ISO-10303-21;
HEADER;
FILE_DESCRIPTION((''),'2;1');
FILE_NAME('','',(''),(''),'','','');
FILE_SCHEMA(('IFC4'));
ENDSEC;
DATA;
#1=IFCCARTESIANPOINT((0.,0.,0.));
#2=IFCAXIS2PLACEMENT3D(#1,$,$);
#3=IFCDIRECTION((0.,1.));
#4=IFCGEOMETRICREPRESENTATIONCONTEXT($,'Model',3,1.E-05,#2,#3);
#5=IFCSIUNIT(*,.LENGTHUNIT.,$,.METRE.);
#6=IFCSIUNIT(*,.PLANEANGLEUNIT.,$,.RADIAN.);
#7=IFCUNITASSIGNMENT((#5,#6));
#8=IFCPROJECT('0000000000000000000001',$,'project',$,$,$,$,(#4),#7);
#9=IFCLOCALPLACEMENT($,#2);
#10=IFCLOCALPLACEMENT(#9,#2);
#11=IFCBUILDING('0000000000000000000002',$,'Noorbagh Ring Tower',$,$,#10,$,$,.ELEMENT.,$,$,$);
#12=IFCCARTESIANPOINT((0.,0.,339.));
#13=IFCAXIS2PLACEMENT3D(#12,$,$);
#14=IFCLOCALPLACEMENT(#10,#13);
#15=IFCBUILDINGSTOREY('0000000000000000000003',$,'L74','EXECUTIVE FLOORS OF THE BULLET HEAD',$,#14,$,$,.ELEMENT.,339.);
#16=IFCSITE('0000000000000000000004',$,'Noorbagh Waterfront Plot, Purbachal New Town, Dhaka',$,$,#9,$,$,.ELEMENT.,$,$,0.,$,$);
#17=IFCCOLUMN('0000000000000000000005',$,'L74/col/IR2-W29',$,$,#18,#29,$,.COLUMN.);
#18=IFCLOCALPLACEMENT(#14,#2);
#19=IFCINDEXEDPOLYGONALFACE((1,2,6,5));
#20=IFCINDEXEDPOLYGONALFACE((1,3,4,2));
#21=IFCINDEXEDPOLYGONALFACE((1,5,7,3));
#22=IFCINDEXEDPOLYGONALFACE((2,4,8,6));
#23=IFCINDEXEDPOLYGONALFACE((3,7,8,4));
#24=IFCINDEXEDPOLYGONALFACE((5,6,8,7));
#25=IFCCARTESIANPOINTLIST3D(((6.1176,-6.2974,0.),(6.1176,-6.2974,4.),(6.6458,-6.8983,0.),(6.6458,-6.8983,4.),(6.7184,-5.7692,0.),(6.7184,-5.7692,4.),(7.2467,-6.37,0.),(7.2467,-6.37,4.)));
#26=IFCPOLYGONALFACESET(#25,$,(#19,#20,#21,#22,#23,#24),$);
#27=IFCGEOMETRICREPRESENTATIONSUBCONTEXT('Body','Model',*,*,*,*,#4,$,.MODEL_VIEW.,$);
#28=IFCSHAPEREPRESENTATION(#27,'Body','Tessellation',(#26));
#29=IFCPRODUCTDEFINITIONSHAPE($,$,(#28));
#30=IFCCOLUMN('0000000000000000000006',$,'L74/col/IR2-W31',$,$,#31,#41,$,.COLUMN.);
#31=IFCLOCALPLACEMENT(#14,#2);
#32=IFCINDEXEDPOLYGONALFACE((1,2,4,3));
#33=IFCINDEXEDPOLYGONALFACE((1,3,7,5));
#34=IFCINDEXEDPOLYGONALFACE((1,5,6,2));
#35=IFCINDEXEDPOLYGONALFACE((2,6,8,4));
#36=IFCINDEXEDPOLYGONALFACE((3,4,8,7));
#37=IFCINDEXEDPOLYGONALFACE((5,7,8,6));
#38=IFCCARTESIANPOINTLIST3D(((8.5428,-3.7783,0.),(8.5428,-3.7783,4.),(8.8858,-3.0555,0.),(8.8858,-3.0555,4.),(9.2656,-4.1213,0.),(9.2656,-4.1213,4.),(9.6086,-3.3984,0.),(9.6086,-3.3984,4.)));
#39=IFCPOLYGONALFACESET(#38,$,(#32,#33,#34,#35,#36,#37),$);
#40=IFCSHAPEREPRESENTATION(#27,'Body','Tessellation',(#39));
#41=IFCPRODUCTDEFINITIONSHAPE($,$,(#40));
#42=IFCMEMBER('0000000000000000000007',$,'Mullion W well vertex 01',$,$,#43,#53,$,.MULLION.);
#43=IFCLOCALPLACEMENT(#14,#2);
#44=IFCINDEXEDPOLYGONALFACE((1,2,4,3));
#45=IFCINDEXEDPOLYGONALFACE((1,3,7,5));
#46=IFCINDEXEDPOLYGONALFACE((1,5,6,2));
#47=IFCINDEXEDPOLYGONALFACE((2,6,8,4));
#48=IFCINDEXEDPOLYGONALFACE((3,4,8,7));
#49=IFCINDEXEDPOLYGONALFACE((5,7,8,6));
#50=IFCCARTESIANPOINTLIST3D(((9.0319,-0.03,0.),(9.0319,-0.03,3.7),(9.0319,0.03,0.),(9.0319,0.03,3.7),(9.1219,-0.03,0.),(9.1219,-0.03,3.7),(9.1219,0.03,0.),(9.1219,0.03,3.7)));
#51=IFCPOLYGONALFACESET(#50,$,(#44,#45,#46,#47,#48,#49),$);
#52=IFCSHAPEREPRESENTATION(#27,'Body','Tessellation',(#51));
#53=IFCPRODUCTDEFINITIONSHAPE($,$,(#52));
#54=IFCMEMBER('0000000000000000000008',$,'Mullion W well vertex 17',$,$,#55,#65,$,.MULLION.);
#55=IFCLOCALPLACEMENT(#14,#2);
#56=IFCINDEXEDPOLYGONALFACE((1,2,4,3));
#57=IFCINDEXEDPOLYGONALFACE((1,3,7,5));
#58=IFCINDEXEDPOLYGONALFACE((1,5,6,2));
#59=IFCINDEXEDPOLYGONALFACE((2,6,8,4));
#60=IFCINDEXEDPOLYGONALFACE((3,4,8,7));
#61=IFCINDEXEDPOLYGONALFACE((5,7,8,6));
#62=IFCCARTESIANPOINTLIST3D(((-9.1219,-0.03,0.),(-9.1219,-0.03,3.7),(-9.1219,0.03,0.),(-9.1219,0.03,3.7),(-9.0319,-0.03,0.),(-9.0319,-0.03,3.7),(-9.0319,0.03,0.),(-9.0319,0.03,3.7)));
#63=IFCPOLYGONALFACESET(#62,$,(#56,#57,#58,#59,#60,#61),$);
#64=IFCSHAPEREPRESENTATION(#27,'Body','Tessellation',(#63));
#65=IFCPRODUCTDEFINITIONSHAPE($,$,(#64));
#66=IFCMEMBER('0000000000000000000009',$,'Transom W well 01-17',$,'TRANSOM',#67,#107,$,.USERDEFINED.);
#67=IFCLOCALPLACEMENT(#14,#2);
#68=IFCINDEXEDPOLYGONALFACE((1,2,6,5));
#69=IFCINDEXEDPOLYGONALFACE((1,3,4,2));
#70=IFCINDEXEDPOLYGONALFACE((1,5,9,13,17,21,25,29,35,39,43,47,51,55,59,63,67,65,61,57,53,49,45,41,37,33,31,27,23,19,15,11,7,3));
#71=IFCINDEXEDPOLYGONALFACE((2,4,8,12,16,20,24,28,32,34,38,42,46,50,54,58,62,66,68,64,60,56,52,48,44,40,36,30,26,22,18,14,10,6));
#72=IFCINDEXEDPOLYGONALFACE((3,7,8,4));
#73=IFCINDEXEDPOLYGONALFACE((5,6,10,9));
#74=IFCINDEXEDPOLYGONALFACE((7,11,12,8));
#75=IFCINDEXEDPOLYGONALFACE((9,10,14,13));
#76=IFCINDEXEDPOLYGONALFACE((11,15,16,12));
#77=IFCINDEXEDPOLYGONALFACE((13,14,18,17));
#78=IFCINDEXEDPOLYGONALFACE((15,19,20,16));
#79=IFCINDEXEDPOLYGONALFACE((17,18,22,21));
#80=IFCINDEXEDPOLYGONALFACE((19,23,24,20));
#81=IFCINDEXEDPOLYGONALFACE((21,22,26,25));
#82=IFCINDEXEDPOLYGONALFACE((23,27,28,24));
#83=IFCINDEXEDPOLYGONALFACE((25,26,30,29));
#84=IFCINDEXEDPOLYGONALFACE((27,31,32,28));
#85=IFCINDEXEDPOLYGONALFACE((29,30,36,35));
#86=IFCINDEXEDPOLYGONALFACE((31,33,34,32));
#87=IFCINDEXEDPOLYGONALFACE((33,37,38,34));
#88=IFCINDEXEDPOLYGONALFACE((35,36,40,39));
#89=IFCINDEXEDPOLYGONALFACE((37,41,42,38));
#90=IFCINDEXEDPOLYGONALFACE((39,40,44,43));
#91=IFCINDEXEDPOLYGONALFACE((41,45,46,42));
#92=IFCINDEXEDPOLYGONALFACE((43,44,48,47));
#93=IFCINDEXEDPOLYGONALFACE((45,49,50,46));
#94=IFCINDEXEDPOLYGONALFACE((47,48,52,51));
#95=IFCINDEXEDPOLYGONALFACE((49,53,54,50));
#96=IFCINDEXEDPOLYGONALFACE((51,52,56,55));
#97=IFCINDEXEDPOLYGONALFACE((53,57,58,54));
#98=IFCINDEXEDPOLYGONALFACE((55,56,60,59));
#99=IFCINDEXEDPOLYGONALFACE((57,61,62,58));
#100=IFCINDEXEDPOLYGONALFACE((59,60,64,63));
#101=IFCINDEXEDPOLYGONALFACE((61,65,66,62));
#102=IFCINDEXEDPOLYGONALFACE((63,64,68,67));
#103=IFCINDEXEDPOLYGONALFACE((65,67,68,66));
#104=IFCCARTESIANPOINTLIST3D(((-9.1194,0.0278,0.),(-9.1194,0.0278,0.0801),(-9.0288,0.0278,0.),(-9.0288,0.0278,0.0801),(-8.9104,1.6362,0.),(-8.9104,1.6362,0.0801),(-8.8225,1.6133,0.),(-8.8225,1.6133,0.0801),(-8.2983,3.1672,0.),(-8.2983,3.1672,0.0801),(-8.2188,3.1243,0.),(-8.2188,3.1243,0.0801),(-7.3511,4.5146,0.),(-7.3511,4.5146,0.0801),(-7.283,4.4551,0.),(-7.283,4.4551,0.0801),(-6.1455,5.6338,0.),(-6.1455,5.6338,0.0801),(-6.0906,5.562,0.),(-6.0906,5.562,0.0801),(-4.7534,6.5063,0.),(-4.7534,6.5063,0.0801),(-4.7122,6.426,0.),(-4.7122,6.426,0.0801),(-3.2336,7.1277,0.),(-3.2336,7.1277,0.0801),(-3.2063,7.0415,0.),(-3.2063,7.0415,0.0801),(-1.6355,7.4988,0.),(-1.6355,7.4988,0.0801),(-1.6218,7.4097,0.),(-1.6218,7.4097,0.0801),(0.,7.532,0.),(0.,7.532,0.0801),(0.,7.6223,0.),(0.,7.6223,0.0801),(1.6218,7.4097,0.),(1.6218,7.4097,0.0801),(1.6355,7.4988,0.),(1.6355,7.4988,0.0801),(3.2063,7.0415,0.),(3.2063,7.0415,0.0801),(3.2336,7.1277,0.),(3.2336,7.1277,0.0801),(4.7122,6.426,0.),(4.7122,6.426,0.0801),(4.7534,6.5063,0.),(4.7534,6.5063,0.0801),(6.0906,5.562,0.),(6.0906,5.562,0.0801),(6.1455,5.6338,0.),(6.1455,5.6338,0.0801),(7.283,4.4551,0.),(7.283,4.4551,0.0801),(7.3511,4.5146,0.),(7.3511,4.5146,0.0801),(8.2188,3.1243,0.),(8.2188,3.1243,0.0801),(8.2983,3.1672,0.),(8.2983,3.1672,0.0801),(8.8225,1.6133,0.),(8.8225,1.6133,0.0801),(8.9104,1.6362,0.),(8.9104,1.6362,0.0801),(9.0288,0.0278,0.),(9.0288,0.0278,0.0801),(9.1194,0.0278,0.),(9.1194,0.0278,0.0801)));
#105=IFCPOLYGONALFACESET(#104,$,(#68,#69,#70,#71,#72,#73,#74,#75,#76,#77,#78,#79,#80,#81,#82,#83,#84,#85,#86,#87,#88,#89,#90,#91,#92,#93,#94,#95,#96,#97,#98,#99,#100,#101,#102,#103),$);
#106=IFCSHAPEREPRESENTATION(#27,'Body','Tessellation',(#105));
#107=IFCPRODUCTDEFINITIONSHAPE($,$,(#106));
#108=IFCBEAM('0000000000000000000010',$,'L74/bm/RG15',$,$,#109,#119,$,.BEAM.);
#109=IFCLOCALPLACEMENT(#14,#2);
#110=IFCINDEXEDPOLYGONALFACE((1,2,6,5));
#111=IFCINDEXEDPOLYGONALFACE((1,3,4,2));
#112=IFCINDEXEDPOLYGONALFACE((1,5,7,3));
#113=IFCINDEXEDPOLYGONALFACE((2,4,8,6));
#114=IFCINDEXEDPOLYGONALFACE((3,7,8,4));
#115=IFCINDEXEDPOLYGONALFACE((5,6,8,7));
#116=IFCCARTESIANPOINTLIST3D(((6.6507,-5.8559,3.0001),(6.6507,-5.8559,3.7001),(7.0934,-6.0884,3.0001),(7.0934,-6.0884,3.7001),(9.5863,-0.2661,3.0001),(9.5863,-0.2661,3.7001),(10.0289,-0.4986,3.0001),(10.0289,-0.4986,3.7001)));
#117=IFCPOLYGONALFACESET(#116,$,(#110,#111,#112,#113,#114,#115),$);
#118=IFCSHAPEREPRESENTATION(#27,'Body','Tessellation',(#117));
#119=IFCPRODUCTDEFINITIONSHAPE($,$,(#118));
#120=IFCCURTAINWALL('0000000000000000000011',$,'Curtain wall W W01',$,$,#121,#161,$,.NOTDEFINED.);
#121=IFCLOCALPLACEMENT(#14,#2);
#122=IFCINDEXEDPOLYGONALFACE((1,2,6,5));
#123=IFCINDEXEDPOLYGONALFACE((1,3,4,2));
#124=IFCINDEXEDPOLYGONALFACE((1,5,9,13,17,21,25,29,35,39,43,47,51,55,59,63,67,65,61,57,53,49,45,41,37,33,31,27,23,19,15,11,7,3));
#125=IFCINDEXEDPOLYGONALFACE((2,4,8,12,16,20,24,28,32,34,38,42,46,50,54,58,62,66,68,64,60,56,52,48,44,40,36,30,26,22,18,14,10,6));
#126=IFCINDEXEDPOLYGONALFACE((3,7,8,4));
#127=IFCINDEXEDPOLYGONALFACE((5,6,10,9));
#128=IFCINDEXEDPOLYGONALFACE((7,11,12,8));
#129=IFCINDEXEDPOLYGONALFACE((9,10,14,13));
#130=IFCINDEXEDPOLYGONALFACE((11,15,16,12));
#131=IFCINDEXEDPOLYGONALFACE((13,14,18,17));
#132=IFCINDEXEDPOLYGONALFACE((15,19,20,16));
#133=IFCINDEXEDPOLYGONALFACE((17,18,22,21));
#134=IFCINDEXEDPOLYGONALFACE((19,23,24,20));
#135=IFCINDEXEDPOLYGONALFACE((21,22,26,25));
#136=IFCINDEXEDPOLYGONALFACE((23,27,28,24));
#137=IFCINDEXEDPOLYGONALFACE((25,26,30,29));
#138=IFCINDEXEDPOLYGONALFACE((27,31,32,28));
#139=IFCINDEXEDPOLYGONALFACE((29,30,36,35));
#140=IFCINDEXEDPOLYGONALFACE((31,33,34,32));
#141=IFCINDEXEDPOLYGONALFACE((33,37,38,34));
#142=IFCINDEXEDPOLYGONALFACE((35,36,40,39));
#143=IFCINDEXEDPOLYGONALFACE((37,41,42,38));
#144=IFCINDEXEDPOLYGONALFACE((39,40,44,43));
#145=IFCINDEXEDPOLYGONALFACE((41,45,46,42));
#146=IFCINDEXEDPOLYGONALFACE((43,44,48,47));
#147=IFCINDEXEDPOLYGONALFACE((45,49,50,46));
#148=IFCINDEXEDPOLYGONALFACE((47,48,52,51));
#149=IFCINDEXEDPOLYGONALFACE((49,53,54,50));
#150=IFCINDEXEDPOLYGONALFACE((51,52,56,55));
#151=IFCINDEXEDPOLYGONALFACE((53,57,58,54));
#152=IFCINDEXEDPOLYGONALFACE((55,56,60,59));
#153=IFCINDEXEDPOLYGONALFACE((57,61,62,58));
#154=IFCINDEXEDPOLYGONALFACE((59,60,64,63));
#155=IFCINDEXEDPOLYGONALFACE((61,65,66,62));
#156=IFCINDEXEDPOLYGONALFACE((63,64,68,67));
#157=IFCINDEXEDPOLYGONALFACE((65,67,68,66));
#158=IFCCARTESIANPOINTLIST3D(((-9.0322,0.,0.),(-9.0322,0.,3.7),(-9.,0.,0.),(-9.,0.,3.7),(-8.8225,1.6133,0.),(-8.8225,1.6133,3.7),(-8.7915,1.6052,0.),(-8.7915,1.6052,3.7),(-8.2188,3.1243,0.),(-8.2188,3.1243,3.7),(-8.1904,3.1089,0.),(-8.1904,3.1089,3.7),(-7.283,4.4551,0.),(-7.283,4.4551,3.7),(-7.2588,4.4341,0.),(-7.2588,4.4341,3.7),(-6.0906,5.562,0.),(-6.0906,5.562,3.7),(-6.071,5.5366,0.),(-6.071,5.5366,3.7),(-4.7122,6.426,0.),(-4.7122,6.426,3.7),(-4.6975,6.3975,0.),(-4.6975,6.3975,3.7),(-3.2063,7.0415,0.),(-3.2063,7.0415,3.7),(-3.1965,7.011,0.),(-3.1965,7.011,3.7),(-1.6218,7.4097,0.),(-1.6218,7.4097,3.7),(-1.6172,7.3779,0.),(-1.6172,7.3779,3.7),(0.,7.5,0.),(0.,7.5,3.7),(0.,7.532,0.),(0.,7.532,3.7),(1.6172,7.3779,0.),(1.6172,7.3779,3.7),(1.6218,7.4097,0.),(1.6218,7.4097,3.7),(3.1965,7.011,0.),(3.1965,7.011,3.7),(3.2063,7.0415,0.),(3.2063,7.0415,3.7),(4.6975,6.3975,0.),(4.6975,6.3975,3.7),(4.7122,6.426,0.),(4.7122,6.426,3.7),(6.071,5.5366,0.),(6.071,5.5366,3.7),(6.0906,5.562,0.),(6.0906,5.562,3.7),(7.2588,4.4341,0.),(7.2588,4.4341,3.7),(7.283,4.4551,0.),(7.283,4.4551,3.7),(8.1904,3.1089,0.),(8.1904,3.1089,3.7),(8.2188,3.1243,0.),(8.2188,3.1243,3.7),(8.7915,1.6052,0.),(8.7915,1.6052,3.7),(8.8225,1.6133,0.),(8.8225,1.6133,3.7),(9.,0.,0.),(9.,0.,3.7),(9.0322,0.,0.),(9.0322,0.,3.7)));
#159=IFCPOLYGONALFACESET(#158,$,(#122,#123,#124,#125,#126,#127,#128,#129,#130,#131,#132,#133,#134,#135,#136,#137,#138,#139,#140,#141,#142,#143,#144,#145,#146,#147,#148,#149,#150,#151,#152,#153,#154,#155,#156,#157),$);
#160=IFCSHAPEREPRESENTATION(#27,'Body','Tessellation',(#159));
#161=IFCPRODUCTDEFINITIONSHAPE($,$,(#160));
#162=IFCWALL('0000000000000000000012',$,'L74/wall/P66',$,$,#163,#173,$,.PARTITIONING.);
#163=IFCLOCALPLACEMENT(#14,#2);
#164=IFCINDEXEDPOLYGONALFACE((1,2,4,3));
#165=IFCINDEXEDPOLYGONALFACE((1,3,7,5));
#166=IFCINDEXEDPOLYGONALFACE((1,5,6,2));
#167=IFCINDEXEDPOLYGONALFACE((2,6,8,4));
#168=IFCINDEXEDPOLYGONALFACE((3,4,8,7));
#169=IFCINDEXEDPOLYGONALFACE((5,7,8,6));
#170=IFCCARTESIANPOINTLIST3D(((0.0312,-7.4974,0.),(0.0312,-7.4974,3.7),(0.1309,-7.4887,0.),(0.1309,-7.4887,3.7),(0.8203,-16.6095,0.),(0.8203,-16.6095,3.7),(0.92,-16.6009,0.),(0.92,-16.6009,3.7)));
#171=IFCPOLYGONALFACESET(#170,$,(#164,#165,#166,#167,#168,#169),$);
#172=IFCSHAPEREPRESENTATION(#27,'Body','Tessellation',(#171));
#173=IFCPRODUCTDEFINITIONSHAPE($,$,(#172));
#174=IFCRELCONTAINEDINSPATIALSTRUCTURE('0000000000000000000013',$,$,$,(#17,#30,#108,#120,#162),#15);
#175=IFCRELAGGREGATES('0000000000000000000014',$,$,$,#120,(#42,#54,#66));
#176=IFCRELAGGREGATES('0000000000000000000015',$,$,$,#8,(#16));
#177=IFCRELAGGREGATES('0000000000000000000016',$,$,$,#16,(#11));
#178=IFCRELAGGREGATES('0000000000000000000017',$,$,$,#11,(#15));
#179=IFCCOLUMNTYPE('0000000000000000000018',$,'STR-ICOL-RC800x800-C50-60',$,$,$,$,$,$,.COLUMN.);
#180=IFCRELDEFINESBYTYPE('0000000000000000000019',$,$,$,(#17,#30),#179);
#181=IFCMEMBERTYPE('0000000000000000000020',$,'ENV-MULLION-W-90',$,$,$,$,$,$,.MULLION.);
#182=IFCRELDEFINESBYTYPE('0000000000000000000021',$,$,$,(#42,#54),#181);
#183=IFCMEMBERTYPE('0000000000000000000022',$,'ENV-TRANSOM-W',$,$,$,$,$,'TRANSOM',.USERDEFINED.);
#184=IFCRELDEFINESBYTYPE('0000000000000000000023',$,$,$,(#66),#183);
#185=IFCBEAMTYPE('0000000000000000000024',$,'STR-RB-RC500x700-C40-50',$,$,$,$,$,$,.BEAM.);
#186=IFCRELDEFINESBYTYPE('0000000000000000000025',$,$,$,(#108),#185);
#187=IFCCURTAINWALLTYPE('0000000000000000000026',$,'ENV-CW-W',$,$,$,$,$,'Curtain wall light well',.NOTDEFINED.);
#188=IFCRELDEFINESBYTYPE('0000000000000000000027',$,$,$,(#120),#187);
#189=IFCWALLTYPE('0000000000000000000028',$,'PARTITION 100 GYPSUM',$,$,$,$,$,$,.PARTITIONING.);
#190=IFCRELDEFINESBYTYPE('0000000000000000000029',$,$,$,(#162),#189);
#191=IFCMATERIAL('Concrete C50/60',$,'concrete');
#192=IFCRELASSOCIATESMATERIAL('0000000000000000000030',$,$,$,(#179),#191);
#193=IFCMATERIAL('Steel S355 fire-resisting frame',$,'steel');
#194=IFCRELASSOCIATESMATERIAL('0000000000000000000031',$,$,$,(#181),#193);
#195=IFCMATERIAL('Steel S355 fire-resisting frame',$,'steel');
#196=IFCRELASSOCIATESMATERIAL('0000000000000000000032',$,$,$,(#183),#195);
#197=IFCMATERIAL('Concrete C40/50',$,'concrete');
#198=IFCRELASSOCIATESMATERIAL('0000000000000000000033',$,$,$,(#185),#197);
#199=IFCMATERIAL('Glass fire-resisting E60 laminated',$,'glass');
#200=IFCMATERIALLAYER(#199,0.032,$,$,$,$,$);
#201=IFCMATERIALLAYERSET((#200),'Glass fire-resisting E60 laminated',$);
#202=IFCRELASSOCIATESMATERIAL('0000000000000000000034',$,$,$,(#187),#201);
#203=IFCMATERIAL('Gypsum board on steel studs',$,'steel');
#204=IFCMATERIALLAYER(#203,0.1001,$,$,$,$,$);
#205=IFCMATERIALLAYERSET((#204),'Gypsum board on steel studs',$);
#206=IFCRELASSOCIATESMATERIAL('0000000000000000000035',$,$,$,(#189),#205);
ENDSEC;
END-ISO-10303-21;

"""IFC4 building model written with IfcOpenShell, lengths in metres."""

from ifc_helpers import new_model, si_unit, direction, frame, frame_2d, origin, origin_2d, place, context, subcontext, project, spatial, polyline, rectangle, outline, extrude, material, layer, layer_set, material_profile, profile_set, type_object, element, aggregate, save


model = new_model("IFC4")

# Units and contexts
model_context = context("Model", 3, precision=1e-05, world=origin(), true_north=direction((0.0, 1.0)))
body_context = subcontext(model_context, "Body", "Model", "MODEL_VIEW")
ifc_project = project(units=[si_unit("LENGTHUNIT", "METRE"), si_unit("PLANEANGLEUNIT", "RADIAN")], contexts=[model_context])

# Site, building, storey
site_placement = place(None, origin())
site = spatial("IfcSite", under=ifc_project, at=site_placement, Name="Noorbagh Waterfront Plot, Purbachal New Town, Dhaka", CompositionType="ELEMENT", RefElevation=0.0)
building_placement = place(site_placement, origin())
building = spatial("IfcBuilding", under=site, at=building_placement, Name="Noorbagh Ring Tower", CompositionType="ELEMENT")
storey_placement = place(building_placement, frame((0.0, 0.0, 339.0)))
storey = spatial("IfcBuildingStorey", under=building, at=storey_placement, Name="L74", Description="EXECUTIVE FLOORS OF THE BULLET HEAD", CompositionType="ELEMENT", Elevation=339.0)

# Columns
ifc_material_1 = material(Name="Concrete C50/60", Category="concrete")
ifc_material_profile_1 = material_profile(ifc_material_1, rectangle(XDim=0.8, YDim=0.8, at=origin_2d()), Name="RC800x800")
ifc_profile_set_1 = profile_set([ifc_material_profile_1], Name="Concrete C50/60")
column_type = type_object("IfcColumnType", Name="STR-ICOL-RC800x800-C50-60", PredefinedType="COLUMN", material=ifc_profile_set_1)
for number, where, z_axis, x_axis, name in (
    (1, (6.6821, -6.3337, 0.0), (0.0, 0.0, 1.0), (0.751022, 0.660277, 0.0), "L74/col/IR2-W29"),
    (2, (9.0757, -3.5884, 0.0), (0.0, 0.0, 1.0), (0.428667, 0.903463, 0.0), "L74/col/IR2-W31"),
):
    element("IfcColumn", number, at=place(storey_placement, frame(where, z_axis=z_axis, x_axis=x_axis)), inside=storey, type_object=column_type, Name=name, PredefinedType="COLUMN", context=body_context, shape_type="SweptSolid", body=[
        extrude(rectangle(XDim=0.8, YDim=0.8, at=origin_2d()), origin(), (0.0, 0.0, 1.0), 4.0),
    ])

# Members
ifc_material_2 = material(Name="Steel S355 fire-resisting frame", Category="steel")
ifc_material_profile_2 = material_profile(ifc_material_2, rectangle(XDim=0.0901, YDim=0.0601, at=origin_2d()), Name="90x60")
ifc_profile_set_2 = profile_set([ifc_material_profile_2], Name="Steel S355 fire-resisting frame")
member_type_1 = type_object("IfcMemberType", Name="ENV-MULLION-W-90", PredefinedType="MULLION", material=ifc_profile_set_2)
member_1_placement = place(storey_placement, frame((9.0769, 0.0, 0.0), z_axis=(0.0, 0.0, 1.0), x_axis=(1.0, 0.0, 0.0)))
member_1 = element("IfcMember", 3, at=member_1_placement, type_object=member_type_1, Name="Mullion W well vertex 01", PredefinedType="MULLION", context=body_context, shape_type="SweptSolid", body=[
    extrude(rectangle(XDim=0.0901, YDim=0.0601, at=origin_2d()), origin(), (0.0, 0.0, 1.0), 3.7),
])
member_2_placement = place(storey_placement, frame((-9.0769, 0.0, 0.0), z_axis=(0.0, 0.0, 1.0), x_axis=(-1.0, 0.0, 0.0)))
member_2 = element("IfcMember", 4, at=member_2_placement, type_object=member_type_1, Name="Mullion W well vertex 17", PredefinedType="MULLION", context=body_context, shape_type="SweptSolid", body=[
    extrude(rectangle(XDim=0.0901, YDim=0.0601, at=origin_2d()), origin(), (0.0, 0.0, 1.0), 3.7),
])
ifc_material_3 = material(Name="Steel S355 fire-resisting frame", Category="steel")
member_type_2 = type_object("IfcMemberType", Name="ENV-TRANSOM-W", ElementType="TRANSOM", PredefinedType="USERDEFINED", material=ifc_material_3)
member_3_placement = place(storey_placement, origin())
member_3 = element("IfcMember", 5, at=member_3_placement, type_object=member_type_2, Name="Transom W well 01-17", ObjectType="TRANSOM", PredefinedType="USERDEFINED", context=body_context, shape_type="SweptSolid", body=[
    extrude(outline(polyline([(9.1194, 0.0278), (8.9104, 1.6362), (8.2983, 3.1672), (7.3511, 4.5146), (6.1455, 5.6338), (4.7534, 6.5063), (3.2336, 7.1277), (1.6355, 7.4988), (0.0, 7.6223), (-1.6355, 7.4988), (-3.2336, 7.1277), (-4.7534, 6.5063), (-6.1455, 5.6338), (-7.3511, 4.5146), (-8.2983, 3.1672), (-8.9104, 1.6362), (-9.1194, 0.0278), (-9.0288, 0.0278), (-8.8225, 1.6133), (-8.2188, 3.1243), (-7.283, 4.4551), (-6.0906, 5.562), (-4.7122, 6.426), (-3.2063, 7.0415), (-1.6218, 7.4097), (0.0, 7.532), (1.6218, 7.4097), (3.2063, 7.0415), (4.7122, 6.426), (6.0906, 5.562), (7.283, 4.4551), (8.2188, 3.1243), (8.8225, 1.6133), (9.0288, 0.0278), (9.1194, 0.0278)])), origin(), (0.0, 0.0, 1.0), 0.0801),
])

# Beam
ifc_material_4 = material(Name="Concrete C40/50", Category="concrete")
ifc_material_profile_3 = material_profile(ifc_material_4, rectangle(XDim=0.5, YDim=0.7, at=origin_2d()), Name="RC500x700")
ifc_profile_set_3 = profile_set([ifc_material_profile_3], Name="Concrete C40/50")
beam_type = type_object("IfcBeamType", Name="STR-RB-RC500x700-C40-50", PredefinedType="BEAM", material=ifc_profile_set_3)
beam_placement = place(storey_placement, frame((6.8721, -5.9722, 3.3501), z_axis=(0.464943, 0.885341, 0.0), x_axis=(-0.885341, 0.464943, 0.0)))
element("IfcBeam", 6, at=beam_placement, inside=storey, type_object=beam_type, Name="L74/bm/RG15", PredefinedType="BEAM", context=body_context, shape_type="SweptSolid", body=[
    extrude(rectangle(XDim=0.5, YDim=0.7, at=origin_2d()), origin(), (0.0, 0.0, 1.0), 6.3137),
])

# Curtain wall
ifc_material_5 = material(Name="Glass fire-resisting E60 laminated", Category="glass")
ifc_layer_1 = layer(ifc_material_5, 0.032)
ifc_layer_set_1 = layer_set([ifc_layer_1], Name="Glass fire-resisting E60 laminated")
curtain_wall_type_1 = type_object("IfcCurtainWallType", Name="ENV-CW-W", ElementType="Curtain wall light well", PredefinedType="NOTDEFINED", material=ifc_layer_set_1)
curtain_wall_1_placement = place(storey_placement, origin())
curtain_wall_1 = element("IfcCurtainWall", 7, at=curtain_wall_1_placement, inside=storey, type_object=curtain_wall_type_1, Name="Curtain wall W W01", PredefinedType="NOTDEFINED", context=body_context, shape_type="SweptSolid", body=[
    extrude(outline(polyline([(9.0322, 0.0), (8.8225, 1.6133), (8.2188, 3.1243), (7.283, 4.4551), (6.0906, 5.562), (4.7122, 6.426), (3.2063, 7.0415), (1.6218, 7.4097), (0.0, 7.532), (-1.6218, 7.4097), (-3.2063, 7.0415), (-4.7122, 6.426), (-6.0906, 5.562), (-7.283, 4.4551), (-8.2188, 3.1243), (-8.8225, 1.6133), (-9.0322, 0.0), (-9.0, 0.0), (-8.7915, 1.6052), (-8.1904, 3.1089), (-7.2588, 4.4341), (-6.071, 5.5366), (-4.6975, 6.3975), (-3.1965, 7.011), (-1.6172, 7.3779), (0.0, 7.5), (1.6172, 7.3779), (3.1965, 7.011), (4.6975, 6.3975), (6.071, 5.5366), (7.2588, 4.4341), (8.1904, 3.1089), (8.7915, 1.6052), (9.0, 0.0), (9.0322, 0.0)])), origin(), (0.0, 0.0, 1.0), 3.7),
])
aggregate(curtain_wall_1, [member_1, member_2, member_3])

# Wall
ifc_material_6 = material(Name="Gypsum board on steel studs", Category="steel")
ifc_layer_2 = layer(ifc_material_6, 0.1001)
ifc_layer_set_2 = layer_set([ifc_layer_2], Name="Gypsum board on steel studs")
wall_type = type_object("IfcWallType", Name="PARTITION 100 GYPSUM", PredefinedType="PARTITIONING", material=ifc_layer_set_2)
wall_1_placement = place(storey_placement, frame((0.0811, -7.4929, 0.0), z_axis=(0.0, 0.0, 1.0), x_axis=(0.086273, -0.996272, 0.0)))
element("IfcWall", 8, at=wall_1_placement, inside=storey, type_object=wall_type, Name="L74/wall/P66", PredefinedType="PARTITIONING", context=body_context, shape_type="SweptSolid", body=[
    extrude(rectangle(XDim=9.1462, YDim=0.1001, at=frame_2d((4.5732, 0.0))), origin(), (0.0, 0.0, 1.0), 3.7),
])

save(model, "model.ifc")
